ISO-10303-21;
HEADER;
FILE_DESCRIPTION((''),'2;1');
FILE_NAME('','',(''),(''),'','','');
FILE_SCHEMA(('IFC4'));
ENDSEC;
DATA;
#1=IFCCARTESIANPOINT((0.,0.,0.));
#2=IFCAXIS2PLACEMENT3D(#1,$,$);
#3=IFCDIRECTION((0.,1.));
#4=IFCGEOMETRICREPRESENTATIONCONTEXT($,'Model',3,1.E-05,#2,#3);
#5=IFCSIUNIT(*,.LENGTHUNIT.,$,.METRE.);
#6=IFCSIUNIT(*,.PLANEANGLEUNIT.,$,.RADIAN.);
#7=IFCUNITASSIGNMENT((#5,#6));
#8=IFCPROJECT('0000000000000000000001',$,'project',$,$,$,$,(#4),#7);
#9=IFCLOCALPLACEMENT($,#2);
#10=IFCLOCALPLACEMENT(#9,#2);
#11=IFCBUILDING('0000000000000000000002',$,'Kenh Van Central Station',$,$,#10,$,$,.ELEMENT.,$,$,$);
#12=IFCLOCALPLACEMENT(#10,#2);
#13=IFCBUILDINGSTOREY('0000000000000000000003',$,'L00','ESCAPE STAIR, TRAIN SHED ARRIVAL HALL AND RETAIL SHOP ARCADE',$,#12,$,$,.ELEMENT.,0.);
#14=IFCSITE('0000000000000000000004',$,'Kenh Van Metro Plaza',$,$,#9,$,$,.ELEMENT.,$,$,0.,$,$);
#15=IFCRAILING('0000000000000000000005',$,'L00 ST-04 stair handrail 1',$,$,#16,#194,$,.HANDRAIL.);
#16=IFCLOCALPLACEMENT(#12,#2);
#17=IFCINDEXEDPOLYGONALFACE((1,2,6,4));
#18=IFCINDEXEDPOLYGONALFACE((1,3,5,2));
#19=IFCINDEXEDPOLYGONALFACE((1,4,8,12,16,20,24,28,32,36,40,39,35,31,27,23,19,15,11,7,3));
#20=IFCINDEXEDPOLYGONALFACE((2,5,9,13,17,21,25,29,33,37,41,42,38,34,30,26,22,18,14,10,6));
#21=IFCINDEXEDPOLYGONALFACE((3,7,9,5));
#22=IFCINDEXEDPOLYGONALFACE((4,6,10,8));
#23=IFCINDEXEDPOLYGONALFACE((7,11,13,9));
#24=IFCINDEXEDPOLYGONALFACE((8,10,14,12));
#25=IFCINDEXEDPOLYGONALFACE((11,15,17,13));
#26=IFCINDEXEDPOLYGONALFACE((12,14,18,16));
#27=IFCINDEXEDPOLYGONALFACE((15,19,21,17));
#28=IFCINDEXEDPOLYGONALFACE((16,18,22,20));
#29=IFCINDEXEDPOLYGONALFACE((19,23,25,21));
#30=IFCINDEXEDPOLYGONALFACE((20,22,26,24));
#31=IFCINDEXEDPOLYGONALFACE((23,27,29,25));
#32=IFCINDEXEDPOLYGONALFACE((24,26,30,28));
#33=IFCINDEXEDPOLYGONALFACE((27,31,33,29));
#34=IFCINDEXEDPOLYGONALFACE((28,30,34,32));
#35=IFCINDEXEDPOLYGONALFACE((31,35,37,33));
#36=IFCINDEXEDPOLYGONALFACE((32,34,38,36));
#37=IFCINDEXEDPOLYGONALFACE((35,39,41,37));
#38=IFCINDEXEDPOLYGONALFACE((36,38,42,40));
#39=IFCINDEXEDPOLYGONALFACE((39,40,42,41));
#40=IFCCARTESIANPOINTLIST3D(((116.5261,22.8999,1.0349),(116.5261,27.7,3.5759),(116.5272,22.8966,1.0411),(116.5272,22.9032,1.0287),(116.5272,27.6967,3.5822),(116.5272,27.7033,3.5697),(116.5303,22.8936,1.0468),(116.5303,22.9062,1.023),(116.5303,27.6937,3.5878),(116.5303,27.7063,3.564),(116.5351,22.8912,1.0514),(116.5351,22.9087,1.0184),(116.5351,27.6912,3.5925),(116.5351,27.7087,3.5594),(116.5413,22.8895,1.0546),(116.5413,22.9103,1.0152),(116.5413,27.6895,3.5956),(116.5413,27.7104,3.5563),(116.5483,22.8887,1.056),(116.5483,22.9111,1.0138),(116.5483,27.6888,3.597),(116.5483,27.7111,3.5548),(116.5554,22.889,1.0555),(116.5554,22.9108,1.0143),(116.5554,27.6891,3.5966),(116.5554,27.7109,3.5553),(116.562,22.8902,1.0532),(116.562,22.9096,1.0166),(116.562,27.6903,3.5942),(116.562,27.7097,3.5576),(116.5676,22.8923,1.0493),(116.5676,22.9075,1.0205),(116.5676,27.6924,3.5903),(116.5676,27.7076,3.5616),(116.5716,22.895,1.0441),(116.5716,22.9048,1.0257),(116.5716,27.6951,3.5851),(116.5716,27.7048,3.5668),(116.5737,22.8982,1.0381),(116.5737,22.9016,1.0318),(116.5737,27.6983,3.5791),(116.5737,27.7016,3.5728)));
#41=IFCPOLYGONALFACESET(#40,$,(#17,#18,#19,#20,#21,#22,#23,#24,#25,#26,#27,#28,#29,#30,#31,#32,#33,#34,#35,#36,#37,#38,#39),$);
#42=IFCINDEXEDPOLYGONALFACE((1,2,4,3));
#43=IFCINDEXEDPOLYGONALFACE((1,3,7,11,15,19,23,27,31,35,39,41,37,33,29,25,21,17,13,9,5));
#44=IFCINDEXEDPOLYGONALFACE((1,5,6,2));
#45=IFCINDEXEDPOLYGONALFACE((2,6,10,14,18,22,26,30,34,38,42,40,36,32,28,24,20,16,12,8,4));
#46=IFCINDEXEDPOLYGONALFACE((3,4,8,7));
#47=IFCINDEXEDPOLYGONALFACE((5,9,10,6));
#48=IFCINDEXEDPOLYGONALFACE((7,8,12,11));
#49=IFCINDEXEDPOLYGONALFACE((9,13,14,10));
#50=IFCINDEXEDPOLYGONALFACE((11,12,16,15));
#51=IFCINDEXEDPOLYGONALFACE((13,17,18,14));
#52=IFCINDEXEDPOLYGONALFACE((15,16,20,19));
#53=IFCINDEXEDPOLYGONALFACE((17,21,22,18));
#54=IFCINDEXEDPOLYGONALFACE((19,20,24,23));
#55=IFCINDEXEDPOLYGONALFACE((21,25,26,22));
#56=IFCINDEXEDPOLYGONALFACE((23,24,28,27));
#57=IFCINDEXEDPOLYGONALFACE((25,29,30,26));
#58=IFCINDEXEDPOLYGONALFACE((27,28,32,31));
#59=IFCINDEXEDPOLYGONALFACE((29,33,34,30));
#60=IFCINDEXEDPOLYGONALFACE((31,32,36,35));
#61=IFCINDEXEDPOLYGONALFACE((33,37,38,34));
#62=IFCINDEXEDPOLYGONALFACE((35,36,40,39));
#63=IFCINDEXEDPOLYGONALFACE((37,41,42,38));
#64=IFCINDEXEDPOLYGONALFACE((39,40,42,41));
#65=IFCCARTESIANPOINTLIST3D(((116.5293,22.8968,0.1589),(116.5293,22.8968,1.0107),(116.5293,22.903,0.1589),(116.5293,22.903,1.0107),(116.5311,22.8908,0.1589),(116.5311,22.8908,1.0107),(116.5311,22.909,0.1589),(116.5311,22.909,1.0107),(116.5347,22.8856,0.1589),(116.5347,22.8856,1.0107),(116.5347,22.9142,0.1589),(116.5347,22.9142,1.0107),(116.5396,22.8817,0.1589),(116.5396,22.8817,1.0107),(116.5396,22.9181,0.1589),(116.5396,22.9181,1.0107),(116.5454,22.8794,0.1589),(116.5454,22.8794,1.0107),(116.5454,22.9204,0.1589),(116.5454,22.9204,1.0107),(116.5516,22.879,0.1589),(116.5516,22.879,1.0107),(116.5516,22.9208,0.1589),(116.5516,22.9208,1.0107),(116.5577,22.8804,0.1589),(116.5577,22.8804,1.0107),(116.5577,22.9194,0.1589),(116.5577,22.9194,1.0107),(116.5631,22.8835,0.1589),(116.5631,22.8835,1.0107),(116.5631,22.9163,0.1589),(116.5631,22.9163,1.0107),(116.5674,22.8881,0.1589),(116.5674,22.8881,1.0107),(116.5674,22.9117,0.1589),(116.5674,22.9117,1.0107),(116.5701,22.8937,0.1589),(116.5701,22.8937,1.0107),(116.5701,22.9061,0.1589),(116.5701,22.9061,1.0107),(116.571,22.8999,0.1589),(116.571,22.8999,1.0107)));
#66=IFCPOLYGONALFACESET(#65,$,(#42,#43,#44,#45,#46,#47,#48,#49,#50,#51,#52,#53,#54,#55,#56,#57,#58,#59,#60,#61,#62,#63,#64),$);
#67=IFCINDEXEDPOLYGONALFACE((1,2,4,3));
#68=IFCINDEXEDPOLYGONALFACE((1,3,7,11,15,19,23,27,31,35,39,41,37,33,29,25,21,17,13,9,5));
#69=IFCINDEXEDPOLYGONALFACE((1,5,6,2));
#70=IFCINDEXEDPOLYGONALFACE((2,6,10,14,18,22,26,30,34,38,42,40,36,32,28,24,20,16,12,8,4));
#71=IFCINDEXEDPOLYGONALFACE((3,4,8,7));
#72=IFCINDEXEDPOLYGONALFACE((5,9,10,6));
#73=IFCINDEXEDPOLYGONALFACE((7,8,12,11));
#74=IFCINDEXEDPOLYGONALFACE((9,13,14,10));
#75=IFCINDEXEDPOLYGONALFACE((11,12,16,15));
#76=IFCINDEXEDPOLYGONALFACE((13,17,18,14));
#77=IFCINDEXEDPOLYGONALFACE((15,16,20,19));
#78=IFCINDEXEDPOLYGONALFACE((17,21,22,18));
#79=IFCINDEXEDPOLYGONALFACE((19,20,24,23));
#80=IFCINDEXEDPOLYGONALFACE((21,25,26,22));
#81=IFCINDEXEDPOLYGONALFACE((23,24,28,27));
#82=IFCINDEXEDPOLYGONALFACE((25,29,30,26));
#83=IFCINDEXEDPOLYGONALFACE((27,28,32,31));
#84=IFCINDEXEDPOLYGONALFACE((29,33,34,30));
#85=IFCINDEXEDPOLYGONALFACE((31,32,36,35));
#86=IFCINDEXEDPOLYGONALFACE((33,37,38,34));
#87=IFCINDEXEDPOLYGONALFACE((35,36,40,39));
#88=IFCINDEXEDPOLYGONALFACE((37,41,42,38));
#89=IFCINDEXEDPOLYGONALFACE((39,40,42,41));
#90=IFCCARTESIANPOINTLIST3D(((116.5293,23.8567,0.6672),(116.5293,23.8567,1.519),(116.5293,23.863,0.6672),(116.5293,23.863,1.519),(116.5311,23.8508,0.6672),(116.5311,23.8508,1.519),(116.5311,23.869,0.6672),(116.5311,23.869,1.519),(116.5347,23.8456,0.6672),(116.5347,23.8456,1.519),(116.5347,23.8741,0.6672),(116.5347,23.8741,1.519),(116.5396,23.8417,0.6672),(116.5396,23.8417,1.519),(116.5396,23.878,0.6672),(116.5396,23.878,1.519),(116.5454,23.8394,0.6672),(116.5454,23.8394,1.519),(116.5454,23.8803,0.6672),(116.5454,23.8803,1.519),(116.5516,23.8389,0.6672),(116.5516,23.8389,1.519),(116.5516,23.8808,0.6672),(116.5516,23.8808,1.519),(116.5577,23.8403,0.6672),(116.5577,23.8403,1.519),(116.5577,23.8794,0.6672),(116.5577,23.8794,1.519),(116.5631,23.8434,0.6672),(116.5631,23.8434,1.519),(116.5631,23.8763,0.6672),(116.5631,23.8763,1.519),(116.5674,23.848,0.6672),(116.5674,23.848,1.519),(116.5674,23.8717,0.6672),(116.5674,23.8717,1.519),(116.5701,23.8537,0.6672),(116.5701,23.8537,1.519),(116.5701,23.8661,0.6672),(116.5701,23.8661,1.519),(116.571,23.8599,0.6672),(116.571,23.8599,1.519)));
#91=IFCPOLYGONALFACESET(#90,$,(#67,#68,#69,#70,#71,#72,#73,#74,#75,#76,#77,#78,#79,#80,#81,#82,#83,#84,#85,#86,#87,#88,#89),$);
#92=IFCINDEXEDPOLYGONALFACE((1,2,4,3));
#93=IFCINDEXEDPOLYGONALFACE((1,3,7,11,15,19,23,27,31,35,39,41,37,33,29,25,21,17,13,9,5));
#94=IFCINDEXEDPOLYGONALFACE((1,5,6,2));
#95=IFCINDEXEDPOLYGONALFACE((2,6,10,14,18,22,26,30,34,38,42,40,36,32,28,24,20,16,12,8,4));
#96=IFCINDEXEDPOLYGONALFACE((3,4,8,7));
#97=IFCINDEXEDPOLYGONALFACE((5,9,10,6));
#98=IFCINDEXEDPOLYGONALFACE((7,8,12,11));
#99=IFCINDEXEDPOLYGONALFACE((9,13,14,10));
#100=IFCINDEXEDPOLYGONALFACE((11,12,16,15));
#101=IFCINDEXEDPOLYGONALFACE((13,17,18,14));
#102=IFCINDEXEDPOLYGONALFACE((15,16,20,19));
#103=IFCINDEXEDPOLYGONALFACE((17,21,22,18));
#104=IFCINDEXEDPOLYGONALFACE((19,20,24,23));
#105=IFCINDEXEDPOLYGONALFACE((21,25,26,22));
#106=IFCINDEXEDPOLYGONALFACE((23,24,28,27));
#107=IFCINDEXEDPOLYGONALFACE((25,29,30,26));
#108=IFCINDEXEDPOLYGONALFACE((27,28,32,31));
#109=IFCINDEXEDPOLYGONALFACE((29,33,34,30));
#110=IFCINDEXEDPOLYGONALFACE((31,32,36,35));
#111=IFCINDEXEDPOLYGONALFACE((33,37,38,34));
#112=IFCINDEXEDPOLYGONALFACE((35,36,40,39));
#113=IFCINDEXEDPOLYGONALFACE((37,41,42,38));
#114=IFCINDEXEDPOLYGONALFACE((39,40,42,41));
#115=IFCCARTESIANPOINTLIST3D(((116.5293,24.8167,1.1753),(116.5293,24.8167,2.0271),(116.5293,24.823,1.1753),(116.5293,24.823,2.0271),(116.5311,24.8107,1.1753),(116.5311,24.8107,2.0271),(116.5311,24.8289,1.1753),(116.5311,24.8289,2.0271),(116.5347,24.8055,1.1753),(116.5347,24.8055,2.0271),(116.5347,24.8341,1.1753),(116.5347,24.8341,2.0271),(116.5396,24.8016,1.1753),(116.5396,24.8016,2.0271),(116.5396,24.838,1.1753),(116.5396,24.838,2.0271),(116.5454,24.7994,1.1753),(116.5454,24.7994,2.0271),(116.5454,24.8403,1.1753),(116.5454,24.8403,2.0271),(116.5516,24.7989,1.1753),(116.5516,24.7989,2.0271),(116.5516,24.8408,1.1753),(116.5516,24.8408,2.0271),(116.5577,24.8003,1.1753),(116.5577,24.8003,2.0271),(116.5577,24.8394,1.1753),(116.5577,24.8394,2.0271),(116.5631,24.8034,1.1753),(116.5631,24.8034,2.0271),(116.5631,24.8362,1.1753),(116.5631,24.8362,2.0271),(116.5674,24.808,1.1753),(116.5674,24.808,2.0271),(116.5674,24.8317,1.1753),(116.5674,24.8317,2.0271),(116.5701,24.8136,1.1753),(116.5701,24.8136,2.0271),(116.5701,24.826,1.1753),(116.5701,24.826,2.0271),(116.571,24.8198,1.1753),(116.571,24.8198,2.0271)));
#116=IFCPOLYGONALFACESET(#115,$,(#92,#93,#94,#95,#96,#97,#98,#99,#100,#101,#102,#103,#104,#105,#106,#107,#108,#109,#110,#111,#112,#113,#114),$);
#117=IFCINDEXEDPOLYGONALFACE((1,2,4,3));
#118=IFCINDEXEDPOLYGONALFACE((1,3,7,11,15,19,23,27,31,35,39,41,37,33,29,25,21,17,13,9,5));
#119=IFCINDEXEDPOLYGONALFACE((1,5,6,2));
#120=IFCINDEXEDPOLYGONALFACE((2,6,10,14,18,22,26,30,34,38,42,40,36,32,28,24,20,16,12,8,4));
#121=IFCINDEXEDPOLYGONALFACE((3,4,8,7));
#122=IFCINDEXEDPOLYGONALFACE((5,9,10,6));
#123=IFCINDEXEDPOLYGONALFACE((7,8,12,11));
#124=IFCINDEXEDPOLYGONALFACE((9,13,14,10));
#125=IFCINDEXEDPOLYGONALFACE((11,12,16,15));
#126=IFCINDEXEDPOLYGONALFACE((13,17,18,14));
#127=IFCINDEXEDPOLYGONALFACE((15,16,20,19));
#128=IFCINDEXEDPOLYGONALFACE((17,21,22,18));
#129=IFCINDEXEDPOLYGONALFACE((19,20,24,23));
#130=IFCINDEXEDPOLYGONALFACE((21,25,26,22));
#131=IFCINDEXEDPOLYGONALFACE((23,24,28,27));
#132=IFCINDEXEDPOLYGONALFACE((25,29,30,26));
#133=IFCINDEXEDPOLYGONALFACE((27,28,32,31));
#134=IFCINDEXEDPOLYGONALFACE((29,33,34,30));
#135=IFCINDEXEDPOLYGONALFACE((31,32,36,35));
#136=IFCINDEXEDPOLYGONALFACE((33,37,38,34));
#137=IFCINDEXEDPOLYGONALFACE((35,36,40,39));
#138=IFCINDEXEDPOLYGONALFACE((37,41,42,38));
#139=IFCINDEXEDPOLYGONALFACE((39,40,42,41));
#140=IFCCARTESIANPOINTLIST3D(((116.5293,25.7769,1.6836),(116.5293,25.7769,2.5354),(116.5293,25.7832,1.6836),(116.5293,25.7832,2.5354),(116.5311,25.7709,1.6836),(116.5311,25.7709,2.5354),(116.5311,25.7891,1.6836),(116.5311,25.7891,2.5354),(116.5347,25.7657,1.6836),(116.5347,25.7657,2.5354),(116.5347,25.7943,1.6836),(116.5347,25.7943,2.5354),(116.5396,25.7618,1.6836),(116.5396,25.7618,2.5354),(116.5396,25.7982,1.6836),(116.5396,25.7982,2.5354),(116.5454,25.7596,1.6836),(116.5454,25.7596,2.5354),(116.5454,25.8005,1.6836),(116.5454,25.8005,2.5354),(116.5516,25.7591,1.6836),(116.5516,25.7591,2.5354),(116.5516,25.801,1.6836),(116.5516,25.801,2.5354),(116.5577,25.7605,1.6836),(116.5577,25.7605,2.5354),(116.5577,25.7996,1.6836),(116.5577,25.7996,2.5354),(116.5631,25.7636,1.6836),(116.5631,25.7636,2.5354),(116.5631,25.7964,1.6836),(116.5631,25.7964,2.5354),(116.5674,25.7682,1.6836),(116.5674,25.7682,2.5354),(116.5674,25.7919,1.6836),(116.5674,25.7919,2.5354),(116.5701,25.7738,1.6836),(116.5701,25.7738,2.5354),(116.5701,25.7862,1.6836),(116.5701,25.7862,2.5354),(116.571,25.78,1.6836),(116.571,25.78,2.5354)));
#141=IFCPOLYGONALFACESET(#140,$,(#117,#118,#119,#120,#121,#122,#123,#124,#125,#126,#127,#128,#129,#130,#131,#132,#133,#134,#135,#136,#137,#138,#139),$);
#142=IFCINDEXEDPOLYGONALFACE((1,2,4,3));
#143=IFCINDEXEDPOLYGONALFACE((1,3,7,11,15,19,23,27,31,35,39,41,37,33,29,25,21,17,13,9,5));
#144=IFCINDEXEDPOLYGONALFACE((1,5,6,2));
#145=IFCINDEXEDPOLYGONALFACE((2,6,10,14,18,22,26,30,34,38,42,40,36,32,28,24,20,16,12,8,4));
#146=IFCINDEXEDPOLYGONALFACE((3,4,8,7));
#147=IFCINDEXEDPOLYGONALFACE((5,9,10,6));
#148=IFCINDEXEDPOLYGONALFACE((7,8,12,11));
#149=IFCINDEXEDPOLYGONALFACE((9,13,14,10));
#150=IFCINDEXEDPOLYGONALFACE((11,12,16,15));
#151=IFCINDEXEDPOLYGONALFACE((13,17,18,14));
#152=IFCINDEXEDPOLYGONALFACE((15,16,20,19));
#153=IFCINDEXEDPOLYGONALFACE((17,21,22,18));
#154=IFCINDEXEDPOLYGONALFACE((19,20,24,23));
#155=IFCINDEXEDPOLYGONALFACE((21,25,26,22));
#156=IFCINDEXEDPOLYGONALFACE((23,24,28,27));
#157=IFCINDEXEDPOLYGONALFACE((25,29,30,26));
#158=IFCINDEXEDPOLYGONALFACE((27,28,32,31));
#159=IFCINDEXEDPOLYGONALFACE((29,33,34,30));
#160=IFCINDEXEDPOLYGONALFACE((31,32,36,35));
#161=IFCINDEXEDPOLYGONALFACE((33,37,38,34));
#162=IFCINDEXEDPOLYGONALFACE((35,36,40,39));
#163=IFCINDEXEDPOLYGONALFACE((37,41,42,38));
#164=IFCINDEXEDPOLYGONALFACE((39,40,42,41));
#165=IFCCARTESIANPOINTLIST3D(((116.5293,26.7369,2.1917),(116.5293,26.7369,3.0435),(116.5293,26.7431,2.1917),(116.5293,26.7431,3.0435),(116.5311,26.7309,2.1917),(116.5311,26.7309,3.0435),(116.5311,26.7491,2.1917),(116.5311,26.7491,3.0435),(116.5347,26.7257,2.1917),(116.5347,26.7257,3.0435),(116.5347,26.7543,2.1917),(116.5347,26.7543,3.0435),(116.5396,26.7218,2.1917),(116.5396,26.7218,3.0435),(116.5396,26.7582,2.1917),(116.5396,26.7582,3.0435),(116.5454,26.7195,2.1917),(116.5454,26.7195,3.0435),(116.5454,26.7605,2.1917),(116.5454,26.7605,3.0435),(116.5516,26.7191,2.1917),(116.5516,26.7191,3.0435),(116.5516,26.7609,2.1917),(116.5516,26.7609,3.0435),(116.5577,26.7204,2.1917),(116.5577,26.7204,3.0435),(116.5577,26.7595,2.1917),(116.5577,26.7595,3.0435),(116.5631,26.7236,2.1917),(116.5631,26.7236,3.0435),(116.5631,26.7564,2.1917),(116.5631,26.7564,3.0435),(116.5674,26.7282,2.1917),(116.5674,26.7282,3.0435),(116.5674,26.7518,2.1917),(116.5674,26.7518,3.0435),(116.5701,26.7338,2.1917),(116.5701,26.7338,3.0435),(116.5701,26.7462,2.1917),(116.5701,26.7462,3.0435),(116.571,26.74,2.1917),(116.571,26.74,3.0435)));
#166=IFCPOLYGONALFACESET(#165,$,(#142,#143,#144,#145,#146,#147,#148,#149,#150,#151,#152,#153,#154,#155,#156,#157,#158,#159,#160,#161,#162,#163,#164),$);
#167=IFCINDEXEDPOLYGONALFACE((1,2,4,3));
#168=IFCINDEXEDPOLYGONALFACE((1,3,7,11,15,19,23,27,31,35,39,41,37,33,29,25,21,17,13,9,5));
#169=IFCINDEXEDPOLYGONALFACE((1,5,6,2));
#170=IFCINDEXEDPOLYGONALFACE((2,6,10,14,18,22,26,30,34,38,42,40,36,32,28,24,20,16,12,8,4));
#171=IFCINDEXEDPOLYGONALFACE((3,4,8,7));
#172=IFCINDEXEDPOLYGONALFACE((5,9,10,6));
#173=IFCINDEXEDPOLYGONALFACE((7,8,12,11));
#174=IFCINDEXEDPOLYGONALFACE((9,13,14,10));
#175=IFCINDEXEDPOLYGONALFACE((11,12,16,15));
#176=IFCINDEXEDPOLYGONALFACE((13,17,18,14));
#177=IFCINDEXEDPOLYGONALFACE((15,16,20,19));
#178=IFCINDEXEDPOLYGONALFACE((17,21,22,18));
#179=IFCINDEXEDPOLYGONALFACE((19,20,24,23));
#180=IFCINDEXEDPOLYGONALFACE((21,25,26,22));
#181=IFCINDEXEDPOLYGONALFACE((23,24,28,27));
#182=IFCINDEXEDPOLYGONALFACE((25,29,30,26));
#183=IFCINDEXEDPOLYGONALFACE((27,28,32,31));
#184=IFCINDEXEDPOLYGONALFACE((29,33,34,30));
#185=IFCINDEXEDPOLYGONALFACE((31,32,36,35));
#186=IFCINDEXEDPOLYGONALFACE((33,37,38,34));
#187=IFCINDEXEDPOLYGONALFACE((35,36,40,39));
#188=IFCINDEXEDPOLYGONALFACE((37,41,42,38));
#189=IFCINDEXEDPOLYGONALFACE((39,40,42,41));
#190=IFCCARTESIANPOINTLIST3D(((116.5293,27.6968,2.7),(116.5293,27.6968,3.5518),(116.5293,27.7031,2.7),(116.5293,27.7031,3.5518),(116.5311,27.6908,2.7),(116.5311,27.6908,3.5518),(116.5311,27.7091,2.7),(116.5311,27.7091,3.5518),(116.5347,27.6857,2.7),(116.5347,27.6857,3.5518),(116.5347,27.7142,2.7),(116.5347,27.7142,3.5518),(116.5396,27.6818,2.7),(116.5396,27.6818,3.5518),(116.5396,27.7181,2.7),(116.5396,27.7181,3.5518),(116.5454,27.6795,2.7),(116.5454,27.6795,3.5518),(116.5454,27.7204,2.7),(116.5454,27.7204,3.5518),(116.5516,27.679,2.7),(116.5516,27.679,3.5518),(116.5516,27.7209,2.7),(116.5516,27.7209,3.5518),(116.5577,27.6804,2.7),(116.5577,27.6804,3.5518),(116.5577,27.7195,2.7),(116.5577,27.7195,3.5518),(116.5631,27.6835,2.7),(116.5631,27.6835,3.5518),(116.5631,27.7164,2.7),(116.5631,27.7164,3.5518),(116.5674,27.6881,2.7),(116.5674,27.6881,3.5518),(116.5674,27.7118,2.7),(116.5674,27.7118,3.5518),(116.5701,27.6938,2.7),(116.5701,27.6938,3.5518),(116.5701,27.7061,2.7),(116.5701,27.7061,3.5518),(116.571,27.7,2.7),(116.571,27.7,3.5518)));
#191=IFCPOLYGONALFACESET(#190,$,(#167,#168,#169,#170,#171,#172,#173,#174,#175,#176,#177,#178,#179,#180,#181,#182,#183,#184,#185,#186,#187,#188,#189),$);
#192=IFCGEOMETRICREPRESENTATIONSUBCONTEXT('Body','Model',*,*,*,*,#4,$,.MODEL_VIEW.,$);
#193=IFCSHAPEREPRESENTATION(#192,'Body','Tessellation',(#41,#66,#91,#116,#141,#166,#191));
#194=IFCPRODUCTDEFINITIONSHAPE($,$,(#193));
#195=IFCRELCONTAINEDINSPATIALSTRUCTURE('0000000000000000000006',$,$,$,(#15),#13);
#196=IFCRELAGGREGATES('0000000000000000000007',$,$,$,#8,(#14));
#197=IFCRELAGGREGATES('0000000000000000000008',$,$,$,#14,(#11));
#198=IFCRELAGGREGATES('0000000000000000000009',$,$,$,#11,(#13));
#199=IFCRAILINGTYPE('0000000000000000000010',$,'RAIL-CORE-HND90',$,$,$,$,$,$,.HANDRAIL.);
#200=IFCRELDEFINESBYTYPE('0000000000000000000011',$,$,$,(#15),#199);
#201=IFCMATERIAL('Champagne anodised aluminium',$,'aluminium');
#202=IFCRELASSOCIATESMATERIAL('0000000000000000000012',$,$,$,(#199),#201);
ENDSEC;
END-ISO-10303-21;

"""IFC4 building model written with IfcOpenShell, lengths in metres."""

from ifc_helpers import new_model, si_unit, direction, frame, origin, origin_2d, place, context, subcontext, project, spatial, circle, extrude, material, type_object, element, save


model = new_model("IFC4")

# Units and contexts
model_context = context("Model", 3, precision=1e-05, world=origin(), true_north=direction((0.0, 1.0)))
body_context = subcontext(model_context, "Body", "Model", "MODEL_VIEW")
ifc_project = project(units=[si_unit("LENGTHUNIT", "METRE"), si_unit("PLANEANGLEUNIT", "RADIAN")], contexts=[model_context])

# Site, building, storey
site_placement = place(None, origin())
site = spatial("IfcSite", under=ifc_project, at=site_placement, Name="Kenh Van Metro Plaza", CompositionType="ELEMENT", RefElevation=0.0)
building_placement = place(site_placement, origin())
building = spatial("IfcBuilding", under=site, at=building_placement, Name="Kenh Van Central Station", CompositionType="ELEMENT")
storey_placement = place(building_placement, origin())
storey = spatial("IfcBuildingStorey", under=building, at=storey_placement, Name="L00", Description="ESCAPE STAIR, TRAIN SHED ARRIVAL HALL AND RETAIL SHOP ARCADE", CompositionType="ELEMENT", Elevation=0.0)

# Shared definitions
ifc_material_1 = material(Name="Champagne anodised aluminium", Category="aluminium")

# Railing
railing_type = type_object("IfcRailingType", Name="RAIL-CORE-HND90", PredefinedType="HANDRAIL", material=ifc_material_1)
railing_placement = place(storey_placement, frame((116.55, 22.8999, 0.1589)))
element("IfcRailing", 1, at=railing_placement, inside=storey, type_object=railing_type, Name="L00 ST-04 stair handrail 1", PredefinedType="HANDRAIL", context=body_context, shape_type="SweptSolid", body=[
    extrude(circle(Radius=0.0239, at=origin_2d()), frame((0.0, 0.0, 0.876), z_axis=(0.0, 0.883802, 0.467861), x_axis=(-1.0, 0.0, 0.0)), (0.0, 0.0, 1.0), 5.4312),
    extrude(circle(Radius=0.021, at=origin_2d()), origin(), (0.0, 0.0, 1.0), 0.8518),
    extrude(circle(Radius=0.021, at=origin_2d()), frame((0.0, 0.96, 0.5083)), (0.0, 0.0, 1.0), 0.8518),
    extrude(circle(Radius=0.021, at=origin_2d()), frame((0.0, 1.9199, 1.0164)), (0.0, 0.0, 1.0), 0.8518),
    extrude(circle(Radius=0.021, at=origin_2d()), frame((0.0, 2.8801, 1.5247)), (0.0, 0.0, 1.0), 0.8518),
    extrude(circle(Radius=0.021, at=origin_2d()), frame((0.0, 3.8401, 2.0327)), (0.0, 0.0, 1.0), 0.8518),
    extrude(circle(Radius=0.021, at=origin_2d()), frame((0.0, 4.8, 2.541)), (0.0, 0.0, 1.0), 0.8518),
])

save(model, "model.ifc")
